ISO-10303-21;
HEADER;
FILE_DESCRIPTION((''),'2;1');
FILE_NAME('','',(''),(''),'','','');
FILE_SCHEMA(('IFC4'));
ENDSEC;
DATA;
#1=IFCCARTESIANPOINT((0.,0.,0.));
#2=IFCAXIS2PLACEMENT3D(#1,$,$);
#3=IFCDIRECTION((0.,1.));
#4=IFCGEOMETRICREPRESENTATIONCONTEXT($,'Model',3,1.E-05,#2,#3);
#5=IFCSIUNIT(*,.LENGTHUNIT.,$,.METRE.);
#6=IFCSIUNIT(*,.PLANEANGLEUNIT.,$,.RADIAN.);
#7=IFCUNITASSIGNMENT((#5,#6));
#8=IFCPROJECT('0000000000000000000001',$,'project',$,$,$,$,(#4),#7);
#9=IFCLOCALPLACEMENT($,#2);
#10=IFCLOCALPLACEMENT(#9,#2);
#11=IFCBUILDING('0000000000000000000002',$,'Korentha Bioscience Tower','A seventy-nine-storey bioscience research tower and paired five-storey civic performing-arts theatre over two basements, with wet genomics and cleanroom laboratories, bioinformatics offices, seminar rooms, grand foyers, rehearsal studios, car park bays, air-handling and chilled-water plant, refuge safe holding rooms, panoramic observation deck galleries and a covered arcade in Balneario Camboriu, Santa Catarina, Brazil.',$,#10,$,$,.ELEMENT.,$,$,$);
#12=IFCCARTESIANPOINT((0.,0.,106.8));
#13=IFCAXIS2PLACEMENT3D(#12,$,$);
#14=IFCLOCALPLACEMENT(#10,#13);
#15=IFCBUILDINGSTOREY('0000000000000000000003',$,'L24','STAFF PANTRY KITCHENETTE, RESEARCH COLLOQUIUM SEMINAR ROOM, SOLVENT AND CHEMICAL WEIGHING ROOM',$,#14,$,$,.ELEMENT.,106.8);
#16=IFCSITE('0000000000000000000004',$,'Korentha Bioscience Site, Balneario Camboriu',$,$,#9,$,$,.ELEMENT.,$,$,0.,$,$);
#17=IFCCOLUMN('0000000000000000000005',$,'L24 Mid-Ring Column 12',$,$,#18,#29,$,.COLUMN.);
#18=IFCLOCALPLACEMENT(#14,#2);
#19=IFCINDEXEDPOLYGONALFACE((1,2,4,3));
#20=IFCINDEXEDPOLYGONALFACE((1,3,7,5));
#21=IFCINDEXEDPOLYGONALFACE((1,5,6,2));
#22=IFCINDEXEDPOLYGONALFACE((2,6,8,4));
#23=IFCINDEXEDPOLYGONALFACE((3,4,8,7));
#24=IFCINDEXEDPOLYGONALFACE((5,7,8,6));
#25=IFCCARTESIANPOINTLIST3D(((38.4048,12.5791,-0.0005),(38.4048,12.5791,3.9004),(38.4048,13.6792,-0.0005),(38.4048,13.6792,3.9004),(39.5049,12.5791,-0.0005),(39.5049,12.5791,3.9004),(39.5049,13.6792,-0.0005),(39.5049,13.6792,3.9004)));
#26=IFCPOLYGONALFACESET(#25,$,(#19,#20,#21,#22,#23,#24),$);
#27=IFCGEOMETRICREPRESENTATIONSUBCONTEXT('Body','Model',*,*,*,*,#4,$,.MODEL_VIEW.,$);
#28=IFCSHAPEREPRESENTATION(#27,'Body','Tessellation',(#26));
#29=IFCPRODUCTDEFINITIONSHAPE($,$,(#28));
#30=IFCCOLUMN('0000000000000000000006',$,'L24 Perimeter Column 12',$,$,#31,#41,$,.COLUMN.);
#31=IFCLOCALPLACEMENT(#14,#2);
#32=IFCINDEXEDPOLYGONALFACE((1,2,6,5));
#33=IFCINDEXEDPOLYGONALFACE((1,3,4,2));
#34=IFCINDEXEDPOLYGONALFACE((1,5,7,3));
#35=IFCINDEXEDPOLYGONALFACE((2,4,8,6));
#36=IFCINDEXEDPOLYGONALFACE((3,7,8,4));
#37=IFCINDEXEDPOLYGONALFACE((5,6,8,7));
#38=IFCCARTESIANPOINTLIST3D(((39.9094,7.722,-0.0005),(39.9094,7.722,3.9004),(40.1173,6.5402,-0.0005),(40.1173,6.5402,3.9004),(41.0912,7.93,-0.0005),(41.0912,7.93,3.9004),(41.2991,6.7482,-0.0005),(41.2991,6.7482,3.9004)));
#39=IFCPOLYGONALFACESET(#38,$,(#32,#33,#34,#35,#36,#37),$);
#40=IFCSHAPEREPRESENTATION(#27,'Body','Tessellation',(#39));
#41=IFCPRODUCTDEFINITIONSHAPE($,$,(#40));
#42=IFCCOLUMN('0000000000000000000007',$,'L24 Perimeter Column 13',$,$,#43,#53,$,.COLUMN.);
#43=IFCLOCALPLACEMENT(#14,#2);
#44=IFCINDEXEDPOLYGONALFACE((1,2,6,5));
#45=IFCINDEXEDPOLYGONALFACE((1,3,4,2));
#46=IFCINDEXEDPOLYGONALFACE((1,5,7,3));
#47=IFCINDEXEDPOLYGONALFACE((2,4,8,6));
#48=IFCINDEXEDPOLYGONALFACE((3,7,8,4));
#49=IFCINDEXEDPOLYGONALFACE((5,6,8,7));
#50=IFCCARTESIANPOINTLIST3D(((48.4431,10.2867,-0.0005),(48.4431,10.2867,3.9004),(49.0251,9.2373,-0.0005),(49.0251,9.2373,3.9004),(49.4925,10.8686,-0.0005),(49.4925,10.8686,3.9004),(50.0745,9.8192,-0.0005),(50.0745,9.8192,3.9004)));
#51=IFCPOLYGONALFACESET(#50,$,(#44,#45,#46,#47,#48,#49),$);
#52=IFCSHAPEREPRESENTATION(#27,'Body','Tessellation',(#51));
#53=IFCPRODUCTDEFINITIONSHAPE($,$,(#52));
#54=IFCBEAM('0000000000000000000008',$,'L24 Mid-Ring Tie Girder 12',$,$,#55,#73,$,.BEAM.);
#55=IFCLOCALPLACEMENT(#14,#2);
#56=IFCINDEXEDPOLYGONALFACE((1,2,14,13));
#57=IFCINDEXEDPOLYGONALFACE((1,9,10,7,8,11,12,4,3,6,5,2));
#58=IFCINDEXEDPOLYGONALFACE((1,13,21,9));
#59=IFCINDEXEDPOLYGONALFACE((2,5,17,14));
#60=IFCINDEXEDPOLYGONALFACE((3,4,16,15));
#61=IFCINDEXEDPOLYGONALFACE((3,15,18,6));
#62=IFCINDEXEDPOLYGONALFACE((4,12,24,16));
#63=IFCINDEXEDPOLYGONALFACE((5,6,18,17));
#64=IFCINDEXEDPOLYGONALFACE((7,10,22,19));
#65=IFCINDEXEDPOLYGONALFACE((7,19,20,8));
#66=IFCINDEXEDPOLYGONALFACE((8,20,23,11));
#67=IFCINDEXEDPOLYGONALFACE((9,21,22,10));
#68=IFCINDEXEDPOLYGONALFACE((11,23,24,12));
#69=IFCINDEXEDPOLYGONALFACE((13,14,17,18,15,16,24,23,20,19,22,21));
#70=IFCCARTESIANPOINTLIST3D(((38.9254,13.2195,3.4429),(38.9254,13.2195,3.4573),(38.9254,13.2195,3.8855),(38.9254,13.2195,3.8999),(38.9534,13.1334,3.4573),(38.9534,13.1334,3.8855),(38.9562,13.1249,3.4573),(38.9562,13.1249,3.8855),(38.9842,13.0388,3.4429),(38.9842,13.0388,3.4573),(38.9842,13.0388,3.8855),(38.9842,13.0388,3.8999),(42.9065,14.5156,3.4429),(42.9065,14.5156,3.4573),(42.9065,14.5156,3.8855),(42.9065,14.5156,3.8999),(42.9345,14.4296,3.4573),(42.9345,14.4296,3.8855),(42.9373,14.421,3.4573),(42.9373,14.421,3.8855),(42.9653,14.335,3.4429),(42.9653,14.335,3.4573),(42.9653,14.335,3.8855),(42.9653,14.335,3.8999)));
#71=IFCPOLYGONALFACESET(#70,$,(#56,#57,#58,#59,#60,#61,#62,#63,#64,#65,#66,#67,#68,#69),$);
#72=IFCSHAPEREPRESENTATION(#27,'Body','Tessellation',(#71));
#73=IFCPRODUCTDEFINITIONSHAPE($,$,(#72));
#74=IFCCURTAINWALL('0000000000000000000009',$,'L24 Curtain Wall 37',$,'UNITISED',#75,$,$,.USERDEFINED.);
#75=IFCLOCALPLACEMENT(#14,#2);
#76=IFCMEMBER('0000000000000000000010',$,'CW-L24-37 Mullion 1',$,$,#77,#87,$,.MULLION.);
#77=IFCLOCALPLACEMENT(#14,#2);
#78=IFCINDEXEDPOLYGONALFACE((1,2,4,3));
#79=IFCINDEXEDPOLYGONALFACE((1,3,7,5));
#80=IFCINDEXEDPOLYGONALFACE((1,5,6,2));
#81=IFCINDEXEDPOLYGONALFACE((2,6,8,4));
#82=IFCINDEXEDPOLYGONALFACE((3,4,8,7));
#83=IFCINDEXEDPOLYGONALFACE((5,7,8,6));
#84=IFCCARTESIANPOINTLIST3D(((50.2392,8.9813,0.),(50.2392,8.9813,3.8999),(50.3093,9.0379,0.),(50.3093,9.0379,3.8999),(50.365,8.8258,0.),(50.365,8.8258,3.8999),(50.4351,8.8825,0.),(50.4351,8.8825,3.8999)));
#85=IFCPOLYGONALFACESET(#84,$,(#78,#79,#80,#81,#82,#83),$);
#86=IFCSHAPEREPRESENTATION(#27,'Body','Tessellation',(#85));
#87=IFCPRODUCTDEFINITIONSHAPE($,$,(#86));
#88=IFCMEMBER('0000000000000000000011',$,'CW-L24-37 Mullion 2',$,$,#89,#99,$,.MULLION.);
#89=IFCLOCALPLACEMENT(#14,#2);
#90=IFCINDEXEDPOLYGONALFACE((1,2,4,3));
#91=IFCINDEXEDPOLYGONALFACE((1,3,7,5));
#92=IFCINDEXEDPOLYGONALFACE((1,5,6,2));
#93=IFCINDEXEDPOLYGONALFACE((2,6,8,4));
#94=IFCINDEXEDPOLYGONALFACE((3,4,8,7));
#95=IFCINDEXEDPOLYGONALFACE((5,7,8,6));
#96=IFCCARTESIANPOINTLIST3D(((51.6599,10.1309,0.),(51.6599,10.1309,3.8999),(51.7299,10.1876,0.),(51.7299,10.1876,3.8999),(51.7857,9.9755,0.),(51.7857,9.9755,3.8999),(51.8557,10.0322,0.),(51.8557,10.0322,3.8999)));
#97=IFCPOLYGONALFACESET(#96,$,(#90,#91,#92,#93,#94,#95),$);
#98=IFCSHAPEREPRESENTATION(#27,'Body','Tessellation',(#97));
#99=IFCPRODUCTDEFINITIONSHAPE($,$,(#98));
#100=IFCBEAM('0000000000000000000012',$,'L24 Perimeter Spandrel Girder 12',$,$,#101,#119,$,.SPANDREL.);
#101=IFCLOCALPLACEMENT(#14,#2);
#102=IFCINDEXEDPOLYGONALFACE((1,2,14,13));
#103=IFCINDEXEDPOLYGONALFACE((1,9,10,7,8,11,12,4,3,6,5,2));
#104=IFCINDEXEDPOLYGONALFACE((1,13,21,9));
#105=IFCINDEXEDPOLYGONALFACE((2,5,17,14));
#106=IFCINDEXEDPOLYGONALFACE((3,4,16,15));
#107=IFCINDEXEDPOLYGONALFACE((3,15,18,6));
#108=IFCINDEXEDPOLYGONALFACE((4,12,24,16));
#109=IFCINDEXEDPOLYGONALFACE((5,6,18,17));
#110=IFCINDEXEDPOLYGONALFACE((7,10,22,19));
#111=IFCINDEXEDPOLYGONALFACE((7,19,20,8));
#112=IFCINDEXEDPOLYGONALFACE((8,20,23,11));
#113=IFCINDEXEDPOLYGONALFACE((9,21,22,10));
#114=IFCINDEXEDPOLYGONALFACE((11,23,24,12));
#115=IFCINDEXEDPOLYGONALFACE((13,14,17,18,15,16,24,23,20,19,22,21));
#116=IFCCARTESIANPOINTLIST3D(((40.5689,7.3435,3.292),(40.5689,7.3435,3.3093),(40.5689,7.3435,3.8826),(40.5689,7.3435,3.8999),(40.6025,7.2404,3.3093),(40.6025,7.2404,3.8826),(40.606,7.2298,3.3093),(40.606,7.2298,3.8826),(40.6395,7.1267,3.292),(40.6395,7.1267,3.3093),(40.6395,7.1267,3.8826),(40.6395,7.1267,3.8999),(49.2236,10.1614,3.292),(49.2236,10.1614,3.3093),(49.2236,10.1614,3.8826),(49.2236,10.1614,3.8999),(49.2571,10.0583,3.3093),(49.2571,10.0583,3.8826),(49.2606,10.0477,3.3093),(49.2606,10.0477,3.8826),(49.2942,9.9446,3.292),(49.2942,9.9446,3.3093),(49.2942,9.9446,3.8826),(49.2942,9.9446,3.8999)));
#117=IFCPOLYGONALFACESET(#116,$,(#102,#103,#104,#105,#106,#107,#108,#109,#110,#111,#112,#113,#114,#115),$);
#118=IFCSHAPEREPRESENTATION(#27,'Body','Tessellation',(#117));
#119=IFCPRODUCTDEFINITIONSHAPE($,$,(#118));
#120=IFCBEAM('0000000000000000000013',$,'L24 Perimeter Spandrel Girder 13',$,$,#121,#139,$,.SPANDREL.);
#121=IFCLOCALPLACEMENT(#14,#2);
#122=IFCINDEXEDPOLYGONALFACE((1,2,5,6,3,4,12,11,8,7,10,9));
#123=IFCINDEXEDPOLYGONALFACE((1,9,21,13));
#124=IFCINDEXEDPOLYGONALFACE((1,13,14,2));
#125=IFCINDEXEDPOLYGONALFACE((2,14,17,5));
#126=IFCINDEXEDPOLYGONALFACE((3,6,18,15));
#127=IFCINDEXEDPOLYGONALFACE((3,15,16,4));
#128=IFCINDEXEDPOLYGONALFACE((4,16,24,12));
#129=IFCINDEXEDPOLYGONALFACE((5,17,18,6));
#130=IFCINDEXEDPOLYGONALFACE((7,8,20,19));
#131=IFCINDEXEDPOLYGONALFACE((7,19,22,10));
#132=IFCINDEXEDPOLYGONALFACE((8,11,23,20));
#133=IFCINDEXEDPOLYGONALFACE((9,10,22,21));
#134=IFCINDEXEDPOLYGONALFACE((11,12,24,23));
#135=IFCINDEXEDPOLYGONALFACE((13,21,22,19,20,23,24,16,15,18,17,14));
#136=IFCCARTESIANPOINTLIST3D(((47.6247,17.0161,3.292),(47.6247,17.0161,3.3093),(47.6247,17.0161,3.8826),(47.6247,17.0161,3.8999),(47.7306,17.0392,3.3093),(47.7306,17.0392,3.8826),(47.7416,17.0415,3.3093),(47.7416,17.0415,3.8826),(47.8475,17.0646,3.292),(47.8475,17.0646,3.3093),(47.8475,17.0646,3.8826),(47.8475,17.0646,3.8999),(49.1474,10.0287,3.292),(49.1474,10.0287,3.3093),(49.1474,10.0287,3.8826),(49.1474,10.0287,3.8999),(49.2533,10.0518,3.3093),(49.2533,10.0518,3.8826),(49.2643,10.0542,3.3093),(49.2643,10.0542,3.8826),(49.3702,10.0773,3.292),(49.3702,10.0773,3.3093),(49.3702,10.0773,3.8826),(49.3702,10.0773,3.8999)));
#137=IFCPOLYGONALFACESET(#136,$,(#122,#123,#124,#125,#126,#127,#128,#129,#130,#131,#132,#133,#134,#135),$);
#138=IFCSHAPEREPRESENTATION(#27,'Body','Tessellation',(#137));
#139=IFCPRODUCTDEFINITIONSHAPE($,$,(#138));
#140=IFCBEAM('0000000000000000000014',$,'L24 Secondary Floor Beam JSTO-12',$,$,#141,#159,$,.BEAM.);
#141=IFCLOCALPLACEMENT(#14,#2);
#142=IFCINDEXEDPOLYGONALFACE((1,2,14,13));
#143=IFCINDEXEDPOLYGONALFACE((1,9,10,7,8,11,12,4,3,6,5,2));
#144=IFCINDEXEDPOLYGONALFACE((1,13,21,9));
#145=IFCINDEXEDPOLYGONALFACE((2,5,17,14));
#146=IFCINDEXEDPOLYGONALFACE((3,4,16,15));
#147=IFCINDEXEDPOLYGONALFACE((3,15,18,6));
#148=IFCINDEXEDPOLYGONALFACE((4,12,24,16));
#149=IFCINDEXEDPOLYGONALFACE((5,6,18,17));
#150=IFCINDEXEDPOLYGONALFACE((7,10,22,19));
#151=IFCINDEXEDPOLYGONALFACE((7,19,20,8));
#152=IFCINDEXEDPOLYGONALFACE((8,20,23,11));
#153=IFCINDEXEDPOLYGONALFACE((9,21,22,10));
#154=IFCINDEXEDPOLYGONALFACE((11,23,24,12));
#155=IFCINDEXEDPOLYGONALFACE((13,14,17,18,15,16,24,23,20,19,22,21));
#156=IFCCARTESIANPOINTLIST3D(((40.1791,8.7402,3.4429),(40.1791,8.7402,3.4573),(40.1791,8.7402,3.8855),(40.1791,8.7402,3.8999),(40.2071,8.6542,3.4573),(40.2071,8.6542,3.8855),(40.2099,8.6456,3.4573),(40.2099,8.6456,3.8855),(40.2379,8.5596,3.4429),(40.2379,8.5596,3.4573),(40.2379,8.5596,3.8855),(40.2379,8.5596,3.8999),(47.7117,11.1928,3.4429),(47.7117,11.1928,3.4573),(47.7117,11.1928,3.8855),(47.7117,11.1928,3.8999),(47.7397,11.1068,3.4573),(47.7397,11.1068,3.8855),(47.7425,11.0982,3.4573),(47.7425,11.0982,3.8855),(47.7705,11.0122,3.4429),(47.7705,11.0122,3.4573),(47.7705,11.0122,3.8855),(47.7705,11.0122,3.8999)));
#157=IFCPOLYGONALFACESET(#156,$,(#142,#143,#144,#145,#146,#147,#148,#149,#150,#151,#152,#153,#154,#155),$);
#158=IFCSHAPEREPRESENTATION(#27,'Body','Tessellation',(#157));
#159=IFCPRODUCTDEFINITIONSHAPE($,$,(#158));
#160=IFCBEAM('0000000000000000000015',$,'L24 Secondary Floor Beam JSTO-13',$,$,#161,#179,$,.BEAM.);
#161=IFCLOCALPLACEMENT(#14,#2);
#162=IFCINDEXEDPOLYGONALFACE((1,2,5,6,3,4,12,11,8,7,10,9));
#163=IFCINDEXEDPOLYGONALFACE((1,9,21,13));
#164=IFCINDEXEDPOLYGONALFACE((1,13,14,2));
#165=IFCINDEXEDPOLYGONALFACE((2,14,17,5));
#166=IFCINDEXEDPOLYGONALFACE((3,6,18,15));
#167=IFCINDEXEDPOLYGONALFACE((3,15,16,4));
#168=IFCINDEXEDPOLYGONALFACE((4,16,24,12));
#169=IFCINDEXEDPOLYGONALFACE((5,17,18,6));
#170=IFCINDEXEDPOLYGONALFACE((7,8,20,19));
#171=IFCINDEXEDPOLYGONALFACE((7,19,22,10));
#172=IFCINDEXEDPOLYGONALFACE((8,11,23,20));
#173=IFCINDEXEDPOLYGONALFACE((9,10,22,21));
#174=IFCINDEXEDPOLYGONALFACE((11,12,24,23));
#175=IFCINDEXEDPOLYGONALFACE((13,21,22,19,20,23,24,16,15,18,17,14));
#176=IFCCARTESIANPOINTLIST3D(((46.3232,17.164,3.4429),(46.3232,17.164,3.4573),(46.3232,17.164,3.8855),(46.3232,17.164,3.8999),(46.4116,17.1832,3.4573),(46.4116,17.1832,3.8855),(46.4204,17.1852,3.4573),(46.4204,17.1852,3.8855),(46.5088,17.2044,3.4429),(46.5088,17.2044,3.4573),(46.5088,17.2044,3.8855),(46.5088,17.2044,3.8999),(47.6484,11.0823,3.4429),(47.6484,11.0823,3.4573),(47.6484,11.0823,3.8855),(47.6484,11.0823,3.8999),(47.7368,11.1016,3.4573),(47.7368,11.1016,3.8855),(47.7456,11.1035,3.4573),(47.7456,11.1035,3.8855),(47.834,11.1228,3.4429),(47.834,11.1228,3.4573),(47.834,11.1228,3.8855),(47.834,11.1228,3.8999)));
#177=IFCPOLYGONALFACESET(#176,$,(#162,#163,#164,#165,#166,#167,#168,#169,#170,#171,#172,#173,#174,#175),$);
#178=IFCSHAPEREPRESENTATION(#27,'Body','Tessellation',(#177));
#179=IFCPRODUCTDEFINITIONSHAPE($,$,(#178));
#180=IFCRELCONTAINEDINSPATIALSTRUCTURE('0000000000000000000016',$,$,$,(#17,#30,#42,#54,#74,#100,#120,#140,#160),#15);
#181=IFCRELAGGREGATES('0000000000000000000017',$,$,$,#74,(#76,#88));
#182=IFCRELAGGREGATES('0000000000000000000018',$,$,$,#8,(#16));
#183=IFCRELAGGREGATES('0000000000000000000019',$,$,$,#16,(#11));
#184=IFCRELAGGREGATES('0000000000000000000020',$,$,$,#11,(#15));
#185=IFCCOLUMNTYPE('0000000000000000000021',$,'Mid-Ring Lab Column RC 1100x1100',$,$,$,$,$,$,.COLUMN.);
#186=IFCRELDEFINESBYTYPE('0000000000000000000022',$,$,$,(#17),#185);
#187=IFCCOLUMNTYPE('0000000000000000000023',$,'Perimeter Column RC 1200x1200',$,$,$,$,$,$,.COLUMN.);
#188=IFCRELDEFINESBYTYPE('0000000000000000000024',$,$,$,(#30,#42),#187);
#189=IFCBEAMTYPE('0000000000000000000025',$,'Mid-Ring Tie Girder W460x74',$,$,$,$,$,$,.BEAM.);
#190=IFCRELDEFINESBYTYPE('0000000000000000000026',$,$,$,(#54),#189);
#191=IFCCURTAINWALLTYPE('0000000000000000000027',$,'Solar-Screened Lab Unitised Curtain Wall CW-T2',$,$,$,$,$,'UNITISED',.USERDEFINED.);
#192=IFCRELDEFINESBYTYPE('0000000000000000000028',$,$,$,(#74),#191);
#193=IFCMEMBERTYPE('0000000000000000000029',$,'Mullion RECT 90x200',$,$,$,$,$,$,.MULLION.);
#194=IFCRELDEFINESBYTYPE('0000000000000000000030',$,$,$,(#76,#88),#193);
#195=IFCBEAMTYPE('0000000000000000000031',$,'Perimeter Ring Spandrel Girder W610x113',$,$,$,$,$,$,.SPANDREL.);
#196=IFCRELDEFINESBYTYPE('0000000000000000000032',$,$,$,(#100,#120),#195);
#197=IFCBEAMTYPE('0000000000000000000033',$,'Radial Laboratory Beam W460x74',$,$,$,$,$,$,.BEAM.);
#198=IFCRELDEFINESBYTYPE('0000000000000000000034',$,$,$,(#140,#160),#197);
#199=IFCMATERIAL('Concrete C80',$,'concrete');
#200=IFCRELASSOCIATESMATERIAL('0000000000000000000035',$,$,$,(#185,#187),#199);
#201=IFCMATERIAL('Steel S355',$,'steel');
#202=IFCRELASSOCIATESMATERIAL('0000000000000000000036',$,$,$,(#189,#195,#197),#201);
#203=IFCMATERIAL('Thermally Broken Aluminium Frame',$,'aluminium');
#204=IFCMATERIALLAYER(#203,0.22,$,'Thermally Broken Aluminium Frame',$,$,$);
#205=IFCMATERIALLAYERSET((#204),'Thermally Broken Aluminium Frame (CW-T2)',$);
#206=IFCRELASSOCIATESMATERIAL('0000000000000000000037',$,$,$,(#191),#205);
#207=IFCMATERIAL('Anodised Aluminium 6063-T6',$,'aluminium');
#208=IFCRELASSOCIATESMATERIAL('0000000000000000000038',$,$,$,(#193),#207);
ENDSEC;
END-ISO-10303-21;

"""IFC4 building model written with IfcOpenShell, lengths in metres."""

from ifc_helpers import new_model, si_unit, direction, frame, origin, origin_2d, place, context, subcontext, project, spatial, rectangle, i_section, extrude, material, layer, layer_set, material_profile, profile_set, type_object, element, aggregate, save


model = new_model("IFC4")

# Units and contexts
model_context = context("Model", 3, precision=1e-05, world=origin(), true_north=direction((0.0, 1.0)))
body_context = subcontext(model_context, "Body", "Model", "MODEL_VIEW")
ifc_project = project(units=[si_unit("LENGTHUNIT", "METRE"), si_unit("PLANEANGLEUNIT", "RADIAN")], contexts=[model_context])

# Site, building, storey
site_placement = place(None, origin())
site = spatial("IfcSite", under=ifc_project, at=site_placement, Name="Korentha Bioscience Site, Balneario Camboriu", CompositionType="ELEMENT", RefElevation=0.0)
building_placement = place(site_placement, origin())
building = spatial("IfcBuilding", under=site, at=building_placement, Name="Korentha Bioscience Tower", Description="A seventy-nine-storey bioscience research tower and paired five-storey civic performing-arts theatre over two basements, with wet genomics and cleanroom laboratories, bioinformatics offices, seminar rooms, grand foyers, rehearsal studios, car park bays, air-handling and chilled-water plant, refuge safe holding rooms, panoramic observation deck galleries and a covered arcade in Balneario Camboriu, Santa Catarina, Brazil.", CompositionType="ELEMENT")
storey_placement = place(building_placement, frame((0.0, 0.0, 106.8)))
storey = spatial("IfcBuildingStorey", under=building, at=storey_placement, Name="L24", Description="STAFF PANTRY KITCHENETTE, RESEARCH COLLOQUIUM SEMINAR ROOM, SOLVENT AND CHEMICAL WEIGHING ROOM", CompositionType="ELEMENT", Elevation=106.8)

# Columns
ifc_material_1 = material(Name="Concrete C80", Category="concrete")
ifc_material_profile_1 = material_profile(ifc_material_1, rectangle(XDim=1.1001, YDim=1.1001, at=origin_2d()), Name="Concrete C80")
ifc_profile_set_1 = profile_set([ifc_material_profile_1], Name="Concrete C80 (COL-MR11)")
column_type_1 = type_object("IfcColumnType", Name="Mid-Ring Lab Column RC 1100x1100", PredefinedType="COLUMN", material=ifc_profile_set_1)
column_placement = place(storey_placement, frame((38.9548, 13.1292, -0.0005), z_axis=(0.0, 0.0, 1.0), x_axis=(1.0, 0.0, 0.0)))
element("IfcColumn", 1, at=column_placement, inside=storey, type_object=column_type_1, Name="L24 Mid-Ring Column 12", PredefinedType="COLUMN", context=body_context, shape_type="SweptSolid", body=[
    extrude(rectangle(XDim=1.1001, YDim=1.1001, at=origin_2d()), origin(), (0.0, 0.0, 1.0), 3.9009),
])
ifc_material_profile_2 = material_profile(ifc_material_1, rectangle(XDim=1.2, YDim=1.2, at=origin_2d()), Name="Concrete C80")
ifc_profile_set_2 = profile_set([ifc_material_profile_2], Name="Concrete C80 (COL-P12)")
column_type_2 = type_object("IfcColumnType", Name="Perimeter Column RC 1200x1200", PredefinedType="COLUMN", material=ifc_profile_set_2)
for number, where, z_axis, x_axis, name in (
    (2, (40.6042, 7.2351, -0.0005), (0.0, 0.0, 1.0), (0.984868, 0.173304, 0.0), "L24 Perimeter Column 12"),
    (3, (49.2588, 10.053, -0.0005), (0.0, 0.0, 1.0), (0.874535, 0.484962, 0.0), "L24 Perimeter Column 13"),
):
    element("IfcColumn", number, at=place(storey_placement, frame(where, z_axis=z_axis, x_axis=x_axis)), inside=storey, type_object=column_type_2, Name=name, PredefinedType="COLUMN", context=body_context, shape_type="SweptSolid", body=[
        extrude(rectangle(XDim=1.2, YDim=1.2, at=origin_2d()), origin(), (0.0, 0.0, 1.0), 3.9009),
    ])

# Beam
ifc_material_2 = material(Name="Steel S355", Category="steel")
ifc_material_profile_3 = material_profile(ifc_material_2, i_section(OverallWidth=0.1899, OverallDepth=0.457, WebThickness=0.009, FlangeThickness=0.0144, at=origin_2d()), Name="Steel S355")
ifc_profile_set_3 = profile_set([ifc_material_profile_3], Name="Steel S355 (MB-460)")
beam_type_1 = type_object("IfcBeamType", Name="Mid-Ring Tie Girder W460x74", PredefinedType="BEAM", material=ifc_profile_set_3)
beam_1_placement = place(storey_placement, frame((38.9548, 13.1292, 3.6714), z_axis=(0.950876, 0.309573, 0.0), x_axis=(-0.309573, 0.950876, 0.0)))
element("IfcBeam", 4, at=beam_1_placement, inside=storey, type_object=beam_type_1, Name="L24 Mid-Ring Tie Girder 12", PredefinedType="BEAM", context=body_context, shape_type="SweptSolid", body=[
    extrude(i_section(OverallWidth=0.1899, OverallDepth=0.457, WebThickness=0.009, FlangeThickness=0.0144, at=origin_2d()), origin(), (0.0, 0.0, 1.0), 4.1868),
])

# Curtain wall, members
ifc_material_3 = material(Name="Thermally Broken Aluminium Frame", Category="aluminium")
ifc_layer_1 = layer(ifc_material_3, 0.22, Name="Thermally Broken Aluminium Frame")
ifc_layer_set_1 = layer_set([ifc_layer_1], Name="Thermally Broken Aluminium Frame (CW-T2)")
curtain_wall_type = type_object("IfcCurtainWallType", Name="Solar-Screened Lab Unitised Curtain Wall CW-T2", ElementType="UNITISED", PredefinedType="USERDEFINED", material=ifc_layer_set_1)
curtain_wall_placement = place(storey_placement, origin())
curtain_wall = element("IfcCurtainWall", 5, at=curtain_wall_placement, inside=storey, type_object=curtain_wall_type, Name="L24 Curtain Wall 37", ObjectType="UNITISED", PredefinedType="USERDEFINED")
ifc_material_4 = material(Name="Anodised Aluminium 6063-T6", Category="aluminium")
ifc_material_profile_4 = material_profile(ifc_material_4, rectangle(XDim=0.0901, YDim=0.2, at=origin_2d()), Name="Anodised Aluminium 6063-T6")
ifc_profile_set_4 = profile_set([ifc_material_profile_4], Name="Anodised Aluminium 6063-T6 (CW-MUL)")
member_type_1 = type_object("IfcMemberType", Name="Mullion RECT 90x200", PredefinedType="MULLION", material=ifc_profile_set_4)
member_1_placement = place(storey_placement, frame((50.3372, 8.9319, 0.0), z_axis=(0.0, 0.0, 1.0), x_axis=(0.777315, 0.629111, 0.0)))
member_1 = element("IfcMember", 6, at=member_1_placement, type_object=member_type_1, Name="CW-L24-37 Mullion 1", PredefinedType="MULLION", context=body_context, shape_type="SweptSolid", body=[
    extrude(rectangle(XDim=0.0901, YDim=0.2, at=origin_2d()), origin(), (0.0, 0.0, 1.0), 3.8999),
])
member_2_placement = place(storey_placement, frame((51.7578, 10.0815, 0.0), z_axis=(0.0, 0.0, 1.0), x_axis=(0.777315, 0.629111, 0.0)))
member_2 = element("IfcMember", 7, at=member_2_placement, type_object=member_type_1, Name="CW-L24-37 Mullion 2", PredefinedType="MULLION", context=body_context, shape_type="SweptSolid", body=[
    extrude(rectangle(XDim=0.0901, YDim=0.2, at=origin_2d()), origin(), (0.0, 0.0, 1.0), 3.8999),
])

# Beams
ifc_material_profile_5 = material_profile(ifc_material_2, i_section(OverallWidth=0.228, OverallDepth=0.6079, WebThickness=0.0112, FlangeThickness=0.0173, at=origin_2d()), Name="Steel S355")
ifc_profile_set_5 = profile_set([ifc_material_profile_5], Name="Steel S355 (SB-610)")
beam_type_2 = type_object("IfcBeamType", Name="Perimeter Ring Spandrel Girder W610x113", PredefinedType="SPANDREL", material=ifc_profile_set_5)
beam_2_placement = place(storey_placement, frame((40.6042, 7.2351, 3.5959), z_axis=(0.950868, 0.309597, 0.0), x_axis=(-0.309597, 0.950868, 0.0)))
element("IfcBeam", 8, at=beam_2_placement, inside=storey, type_object=beam_type_2, Name="L24 Perimeter Spandrel Girder 12", PredefinedType="SPANDREL", context=body_context, shape_type="SweptSolid", body=[
    extrude(i_section(OverallWidth=0.228, OverallDepth=0.6079, WebThickness=0.0112, FlangeThickness=0.0173, at=origin_2d()), origin(), (0.0, 0.0, 1.0), 9.1018),
])
beam_3_placement = place(storey_placement, frame((49.2588, 10.053, 3.5959), z_axis=(-0.212927, 0.977068, 0.0), x_axis=(-0.977068, -0.212927, 0.0)))
element("IfcBeam", 9, at=beam_3_placement, inside=storey, type_object=beam_type_2, Name="L24 Perimeter Spandrel Girder 13", PredefinedType="SPANDREL", context=body_context, shape_type="SweptSolid", body=[
    extrude(i_section(OverallWidth=0.228, OverallDepth=0.6079, WebThickness=0.0112, FlangeThickness=0.0173, at=origin_2d()), origin(), (0.0, 0.0, 1.0), 7.1514),
])
ifc_material_profile_6 = material_profile(ifc_material_2, i_section(OverallWidth=0.1899, OverallDepth=0.457, WebThickness=0.009, FlangeThickness=0.0144, at=origin_2d()), Name="Steel S355")
ifc_profile_set_6 = profile_set([ifc_material_profile_6], Name="Steel S355 (RB-460)")
beam_type_3 = type_object("IfcBeamType", Name="Radial Laboratory Beam W460x74", PredefinedType="BEAM", material=ifc_profile_set_6)
beam_4_placement = place(storey_placement, frame((40.2085, 8.6499, 3.6714), z_axis=(0.950867, 0.3096, 0.0), x_axis=(-0.3096, 0.950867, 0.0)))
element("IfcBeam", 10, at=beam_4_placement, inside=storey, type_object=beam_type_3, Name="L24 Secondary Floor Beam JSTO-12", PredefinedType="BEAM", context=body_context, shape_type="SweptSolid", body=[
    extrude(i_section(OverallWidth=0.1899, OverallDepth=0.457, WebThickness=0.009, FlangeThickness=0.0144, at=origin_2d()), origin(), (0.0, 0.0, 1.0), 7.9219),
])
beam_5_placement = place(storey_placement, frame((47.7412, 11.1025, 3.6714), z_axis=(-0.212908, 0.977072, 0.0), x_axis=(-0.977072, -0.212908, 0.0)))
element("IfcBeam", 11, at=beam_5_placement, inside=storey, type_object=beam_type_3, Name="L24 Secondary Floor Beam JSTO-13", PredefinedType="BEAM", context=body_context, shape_type="SweptSolid", body=[
    extrude(i_section(OverallWidth=0.1899, OverallDepth=0.457, WebThickness=0.009, FlangeThickness=0.0144, at=origin_2d()), origin(), (0.0, 0.0, 1.0), 6.2244),
])

aggregate(curtain_wall, [member_1, member_2])

save(model, "model.ifc")
